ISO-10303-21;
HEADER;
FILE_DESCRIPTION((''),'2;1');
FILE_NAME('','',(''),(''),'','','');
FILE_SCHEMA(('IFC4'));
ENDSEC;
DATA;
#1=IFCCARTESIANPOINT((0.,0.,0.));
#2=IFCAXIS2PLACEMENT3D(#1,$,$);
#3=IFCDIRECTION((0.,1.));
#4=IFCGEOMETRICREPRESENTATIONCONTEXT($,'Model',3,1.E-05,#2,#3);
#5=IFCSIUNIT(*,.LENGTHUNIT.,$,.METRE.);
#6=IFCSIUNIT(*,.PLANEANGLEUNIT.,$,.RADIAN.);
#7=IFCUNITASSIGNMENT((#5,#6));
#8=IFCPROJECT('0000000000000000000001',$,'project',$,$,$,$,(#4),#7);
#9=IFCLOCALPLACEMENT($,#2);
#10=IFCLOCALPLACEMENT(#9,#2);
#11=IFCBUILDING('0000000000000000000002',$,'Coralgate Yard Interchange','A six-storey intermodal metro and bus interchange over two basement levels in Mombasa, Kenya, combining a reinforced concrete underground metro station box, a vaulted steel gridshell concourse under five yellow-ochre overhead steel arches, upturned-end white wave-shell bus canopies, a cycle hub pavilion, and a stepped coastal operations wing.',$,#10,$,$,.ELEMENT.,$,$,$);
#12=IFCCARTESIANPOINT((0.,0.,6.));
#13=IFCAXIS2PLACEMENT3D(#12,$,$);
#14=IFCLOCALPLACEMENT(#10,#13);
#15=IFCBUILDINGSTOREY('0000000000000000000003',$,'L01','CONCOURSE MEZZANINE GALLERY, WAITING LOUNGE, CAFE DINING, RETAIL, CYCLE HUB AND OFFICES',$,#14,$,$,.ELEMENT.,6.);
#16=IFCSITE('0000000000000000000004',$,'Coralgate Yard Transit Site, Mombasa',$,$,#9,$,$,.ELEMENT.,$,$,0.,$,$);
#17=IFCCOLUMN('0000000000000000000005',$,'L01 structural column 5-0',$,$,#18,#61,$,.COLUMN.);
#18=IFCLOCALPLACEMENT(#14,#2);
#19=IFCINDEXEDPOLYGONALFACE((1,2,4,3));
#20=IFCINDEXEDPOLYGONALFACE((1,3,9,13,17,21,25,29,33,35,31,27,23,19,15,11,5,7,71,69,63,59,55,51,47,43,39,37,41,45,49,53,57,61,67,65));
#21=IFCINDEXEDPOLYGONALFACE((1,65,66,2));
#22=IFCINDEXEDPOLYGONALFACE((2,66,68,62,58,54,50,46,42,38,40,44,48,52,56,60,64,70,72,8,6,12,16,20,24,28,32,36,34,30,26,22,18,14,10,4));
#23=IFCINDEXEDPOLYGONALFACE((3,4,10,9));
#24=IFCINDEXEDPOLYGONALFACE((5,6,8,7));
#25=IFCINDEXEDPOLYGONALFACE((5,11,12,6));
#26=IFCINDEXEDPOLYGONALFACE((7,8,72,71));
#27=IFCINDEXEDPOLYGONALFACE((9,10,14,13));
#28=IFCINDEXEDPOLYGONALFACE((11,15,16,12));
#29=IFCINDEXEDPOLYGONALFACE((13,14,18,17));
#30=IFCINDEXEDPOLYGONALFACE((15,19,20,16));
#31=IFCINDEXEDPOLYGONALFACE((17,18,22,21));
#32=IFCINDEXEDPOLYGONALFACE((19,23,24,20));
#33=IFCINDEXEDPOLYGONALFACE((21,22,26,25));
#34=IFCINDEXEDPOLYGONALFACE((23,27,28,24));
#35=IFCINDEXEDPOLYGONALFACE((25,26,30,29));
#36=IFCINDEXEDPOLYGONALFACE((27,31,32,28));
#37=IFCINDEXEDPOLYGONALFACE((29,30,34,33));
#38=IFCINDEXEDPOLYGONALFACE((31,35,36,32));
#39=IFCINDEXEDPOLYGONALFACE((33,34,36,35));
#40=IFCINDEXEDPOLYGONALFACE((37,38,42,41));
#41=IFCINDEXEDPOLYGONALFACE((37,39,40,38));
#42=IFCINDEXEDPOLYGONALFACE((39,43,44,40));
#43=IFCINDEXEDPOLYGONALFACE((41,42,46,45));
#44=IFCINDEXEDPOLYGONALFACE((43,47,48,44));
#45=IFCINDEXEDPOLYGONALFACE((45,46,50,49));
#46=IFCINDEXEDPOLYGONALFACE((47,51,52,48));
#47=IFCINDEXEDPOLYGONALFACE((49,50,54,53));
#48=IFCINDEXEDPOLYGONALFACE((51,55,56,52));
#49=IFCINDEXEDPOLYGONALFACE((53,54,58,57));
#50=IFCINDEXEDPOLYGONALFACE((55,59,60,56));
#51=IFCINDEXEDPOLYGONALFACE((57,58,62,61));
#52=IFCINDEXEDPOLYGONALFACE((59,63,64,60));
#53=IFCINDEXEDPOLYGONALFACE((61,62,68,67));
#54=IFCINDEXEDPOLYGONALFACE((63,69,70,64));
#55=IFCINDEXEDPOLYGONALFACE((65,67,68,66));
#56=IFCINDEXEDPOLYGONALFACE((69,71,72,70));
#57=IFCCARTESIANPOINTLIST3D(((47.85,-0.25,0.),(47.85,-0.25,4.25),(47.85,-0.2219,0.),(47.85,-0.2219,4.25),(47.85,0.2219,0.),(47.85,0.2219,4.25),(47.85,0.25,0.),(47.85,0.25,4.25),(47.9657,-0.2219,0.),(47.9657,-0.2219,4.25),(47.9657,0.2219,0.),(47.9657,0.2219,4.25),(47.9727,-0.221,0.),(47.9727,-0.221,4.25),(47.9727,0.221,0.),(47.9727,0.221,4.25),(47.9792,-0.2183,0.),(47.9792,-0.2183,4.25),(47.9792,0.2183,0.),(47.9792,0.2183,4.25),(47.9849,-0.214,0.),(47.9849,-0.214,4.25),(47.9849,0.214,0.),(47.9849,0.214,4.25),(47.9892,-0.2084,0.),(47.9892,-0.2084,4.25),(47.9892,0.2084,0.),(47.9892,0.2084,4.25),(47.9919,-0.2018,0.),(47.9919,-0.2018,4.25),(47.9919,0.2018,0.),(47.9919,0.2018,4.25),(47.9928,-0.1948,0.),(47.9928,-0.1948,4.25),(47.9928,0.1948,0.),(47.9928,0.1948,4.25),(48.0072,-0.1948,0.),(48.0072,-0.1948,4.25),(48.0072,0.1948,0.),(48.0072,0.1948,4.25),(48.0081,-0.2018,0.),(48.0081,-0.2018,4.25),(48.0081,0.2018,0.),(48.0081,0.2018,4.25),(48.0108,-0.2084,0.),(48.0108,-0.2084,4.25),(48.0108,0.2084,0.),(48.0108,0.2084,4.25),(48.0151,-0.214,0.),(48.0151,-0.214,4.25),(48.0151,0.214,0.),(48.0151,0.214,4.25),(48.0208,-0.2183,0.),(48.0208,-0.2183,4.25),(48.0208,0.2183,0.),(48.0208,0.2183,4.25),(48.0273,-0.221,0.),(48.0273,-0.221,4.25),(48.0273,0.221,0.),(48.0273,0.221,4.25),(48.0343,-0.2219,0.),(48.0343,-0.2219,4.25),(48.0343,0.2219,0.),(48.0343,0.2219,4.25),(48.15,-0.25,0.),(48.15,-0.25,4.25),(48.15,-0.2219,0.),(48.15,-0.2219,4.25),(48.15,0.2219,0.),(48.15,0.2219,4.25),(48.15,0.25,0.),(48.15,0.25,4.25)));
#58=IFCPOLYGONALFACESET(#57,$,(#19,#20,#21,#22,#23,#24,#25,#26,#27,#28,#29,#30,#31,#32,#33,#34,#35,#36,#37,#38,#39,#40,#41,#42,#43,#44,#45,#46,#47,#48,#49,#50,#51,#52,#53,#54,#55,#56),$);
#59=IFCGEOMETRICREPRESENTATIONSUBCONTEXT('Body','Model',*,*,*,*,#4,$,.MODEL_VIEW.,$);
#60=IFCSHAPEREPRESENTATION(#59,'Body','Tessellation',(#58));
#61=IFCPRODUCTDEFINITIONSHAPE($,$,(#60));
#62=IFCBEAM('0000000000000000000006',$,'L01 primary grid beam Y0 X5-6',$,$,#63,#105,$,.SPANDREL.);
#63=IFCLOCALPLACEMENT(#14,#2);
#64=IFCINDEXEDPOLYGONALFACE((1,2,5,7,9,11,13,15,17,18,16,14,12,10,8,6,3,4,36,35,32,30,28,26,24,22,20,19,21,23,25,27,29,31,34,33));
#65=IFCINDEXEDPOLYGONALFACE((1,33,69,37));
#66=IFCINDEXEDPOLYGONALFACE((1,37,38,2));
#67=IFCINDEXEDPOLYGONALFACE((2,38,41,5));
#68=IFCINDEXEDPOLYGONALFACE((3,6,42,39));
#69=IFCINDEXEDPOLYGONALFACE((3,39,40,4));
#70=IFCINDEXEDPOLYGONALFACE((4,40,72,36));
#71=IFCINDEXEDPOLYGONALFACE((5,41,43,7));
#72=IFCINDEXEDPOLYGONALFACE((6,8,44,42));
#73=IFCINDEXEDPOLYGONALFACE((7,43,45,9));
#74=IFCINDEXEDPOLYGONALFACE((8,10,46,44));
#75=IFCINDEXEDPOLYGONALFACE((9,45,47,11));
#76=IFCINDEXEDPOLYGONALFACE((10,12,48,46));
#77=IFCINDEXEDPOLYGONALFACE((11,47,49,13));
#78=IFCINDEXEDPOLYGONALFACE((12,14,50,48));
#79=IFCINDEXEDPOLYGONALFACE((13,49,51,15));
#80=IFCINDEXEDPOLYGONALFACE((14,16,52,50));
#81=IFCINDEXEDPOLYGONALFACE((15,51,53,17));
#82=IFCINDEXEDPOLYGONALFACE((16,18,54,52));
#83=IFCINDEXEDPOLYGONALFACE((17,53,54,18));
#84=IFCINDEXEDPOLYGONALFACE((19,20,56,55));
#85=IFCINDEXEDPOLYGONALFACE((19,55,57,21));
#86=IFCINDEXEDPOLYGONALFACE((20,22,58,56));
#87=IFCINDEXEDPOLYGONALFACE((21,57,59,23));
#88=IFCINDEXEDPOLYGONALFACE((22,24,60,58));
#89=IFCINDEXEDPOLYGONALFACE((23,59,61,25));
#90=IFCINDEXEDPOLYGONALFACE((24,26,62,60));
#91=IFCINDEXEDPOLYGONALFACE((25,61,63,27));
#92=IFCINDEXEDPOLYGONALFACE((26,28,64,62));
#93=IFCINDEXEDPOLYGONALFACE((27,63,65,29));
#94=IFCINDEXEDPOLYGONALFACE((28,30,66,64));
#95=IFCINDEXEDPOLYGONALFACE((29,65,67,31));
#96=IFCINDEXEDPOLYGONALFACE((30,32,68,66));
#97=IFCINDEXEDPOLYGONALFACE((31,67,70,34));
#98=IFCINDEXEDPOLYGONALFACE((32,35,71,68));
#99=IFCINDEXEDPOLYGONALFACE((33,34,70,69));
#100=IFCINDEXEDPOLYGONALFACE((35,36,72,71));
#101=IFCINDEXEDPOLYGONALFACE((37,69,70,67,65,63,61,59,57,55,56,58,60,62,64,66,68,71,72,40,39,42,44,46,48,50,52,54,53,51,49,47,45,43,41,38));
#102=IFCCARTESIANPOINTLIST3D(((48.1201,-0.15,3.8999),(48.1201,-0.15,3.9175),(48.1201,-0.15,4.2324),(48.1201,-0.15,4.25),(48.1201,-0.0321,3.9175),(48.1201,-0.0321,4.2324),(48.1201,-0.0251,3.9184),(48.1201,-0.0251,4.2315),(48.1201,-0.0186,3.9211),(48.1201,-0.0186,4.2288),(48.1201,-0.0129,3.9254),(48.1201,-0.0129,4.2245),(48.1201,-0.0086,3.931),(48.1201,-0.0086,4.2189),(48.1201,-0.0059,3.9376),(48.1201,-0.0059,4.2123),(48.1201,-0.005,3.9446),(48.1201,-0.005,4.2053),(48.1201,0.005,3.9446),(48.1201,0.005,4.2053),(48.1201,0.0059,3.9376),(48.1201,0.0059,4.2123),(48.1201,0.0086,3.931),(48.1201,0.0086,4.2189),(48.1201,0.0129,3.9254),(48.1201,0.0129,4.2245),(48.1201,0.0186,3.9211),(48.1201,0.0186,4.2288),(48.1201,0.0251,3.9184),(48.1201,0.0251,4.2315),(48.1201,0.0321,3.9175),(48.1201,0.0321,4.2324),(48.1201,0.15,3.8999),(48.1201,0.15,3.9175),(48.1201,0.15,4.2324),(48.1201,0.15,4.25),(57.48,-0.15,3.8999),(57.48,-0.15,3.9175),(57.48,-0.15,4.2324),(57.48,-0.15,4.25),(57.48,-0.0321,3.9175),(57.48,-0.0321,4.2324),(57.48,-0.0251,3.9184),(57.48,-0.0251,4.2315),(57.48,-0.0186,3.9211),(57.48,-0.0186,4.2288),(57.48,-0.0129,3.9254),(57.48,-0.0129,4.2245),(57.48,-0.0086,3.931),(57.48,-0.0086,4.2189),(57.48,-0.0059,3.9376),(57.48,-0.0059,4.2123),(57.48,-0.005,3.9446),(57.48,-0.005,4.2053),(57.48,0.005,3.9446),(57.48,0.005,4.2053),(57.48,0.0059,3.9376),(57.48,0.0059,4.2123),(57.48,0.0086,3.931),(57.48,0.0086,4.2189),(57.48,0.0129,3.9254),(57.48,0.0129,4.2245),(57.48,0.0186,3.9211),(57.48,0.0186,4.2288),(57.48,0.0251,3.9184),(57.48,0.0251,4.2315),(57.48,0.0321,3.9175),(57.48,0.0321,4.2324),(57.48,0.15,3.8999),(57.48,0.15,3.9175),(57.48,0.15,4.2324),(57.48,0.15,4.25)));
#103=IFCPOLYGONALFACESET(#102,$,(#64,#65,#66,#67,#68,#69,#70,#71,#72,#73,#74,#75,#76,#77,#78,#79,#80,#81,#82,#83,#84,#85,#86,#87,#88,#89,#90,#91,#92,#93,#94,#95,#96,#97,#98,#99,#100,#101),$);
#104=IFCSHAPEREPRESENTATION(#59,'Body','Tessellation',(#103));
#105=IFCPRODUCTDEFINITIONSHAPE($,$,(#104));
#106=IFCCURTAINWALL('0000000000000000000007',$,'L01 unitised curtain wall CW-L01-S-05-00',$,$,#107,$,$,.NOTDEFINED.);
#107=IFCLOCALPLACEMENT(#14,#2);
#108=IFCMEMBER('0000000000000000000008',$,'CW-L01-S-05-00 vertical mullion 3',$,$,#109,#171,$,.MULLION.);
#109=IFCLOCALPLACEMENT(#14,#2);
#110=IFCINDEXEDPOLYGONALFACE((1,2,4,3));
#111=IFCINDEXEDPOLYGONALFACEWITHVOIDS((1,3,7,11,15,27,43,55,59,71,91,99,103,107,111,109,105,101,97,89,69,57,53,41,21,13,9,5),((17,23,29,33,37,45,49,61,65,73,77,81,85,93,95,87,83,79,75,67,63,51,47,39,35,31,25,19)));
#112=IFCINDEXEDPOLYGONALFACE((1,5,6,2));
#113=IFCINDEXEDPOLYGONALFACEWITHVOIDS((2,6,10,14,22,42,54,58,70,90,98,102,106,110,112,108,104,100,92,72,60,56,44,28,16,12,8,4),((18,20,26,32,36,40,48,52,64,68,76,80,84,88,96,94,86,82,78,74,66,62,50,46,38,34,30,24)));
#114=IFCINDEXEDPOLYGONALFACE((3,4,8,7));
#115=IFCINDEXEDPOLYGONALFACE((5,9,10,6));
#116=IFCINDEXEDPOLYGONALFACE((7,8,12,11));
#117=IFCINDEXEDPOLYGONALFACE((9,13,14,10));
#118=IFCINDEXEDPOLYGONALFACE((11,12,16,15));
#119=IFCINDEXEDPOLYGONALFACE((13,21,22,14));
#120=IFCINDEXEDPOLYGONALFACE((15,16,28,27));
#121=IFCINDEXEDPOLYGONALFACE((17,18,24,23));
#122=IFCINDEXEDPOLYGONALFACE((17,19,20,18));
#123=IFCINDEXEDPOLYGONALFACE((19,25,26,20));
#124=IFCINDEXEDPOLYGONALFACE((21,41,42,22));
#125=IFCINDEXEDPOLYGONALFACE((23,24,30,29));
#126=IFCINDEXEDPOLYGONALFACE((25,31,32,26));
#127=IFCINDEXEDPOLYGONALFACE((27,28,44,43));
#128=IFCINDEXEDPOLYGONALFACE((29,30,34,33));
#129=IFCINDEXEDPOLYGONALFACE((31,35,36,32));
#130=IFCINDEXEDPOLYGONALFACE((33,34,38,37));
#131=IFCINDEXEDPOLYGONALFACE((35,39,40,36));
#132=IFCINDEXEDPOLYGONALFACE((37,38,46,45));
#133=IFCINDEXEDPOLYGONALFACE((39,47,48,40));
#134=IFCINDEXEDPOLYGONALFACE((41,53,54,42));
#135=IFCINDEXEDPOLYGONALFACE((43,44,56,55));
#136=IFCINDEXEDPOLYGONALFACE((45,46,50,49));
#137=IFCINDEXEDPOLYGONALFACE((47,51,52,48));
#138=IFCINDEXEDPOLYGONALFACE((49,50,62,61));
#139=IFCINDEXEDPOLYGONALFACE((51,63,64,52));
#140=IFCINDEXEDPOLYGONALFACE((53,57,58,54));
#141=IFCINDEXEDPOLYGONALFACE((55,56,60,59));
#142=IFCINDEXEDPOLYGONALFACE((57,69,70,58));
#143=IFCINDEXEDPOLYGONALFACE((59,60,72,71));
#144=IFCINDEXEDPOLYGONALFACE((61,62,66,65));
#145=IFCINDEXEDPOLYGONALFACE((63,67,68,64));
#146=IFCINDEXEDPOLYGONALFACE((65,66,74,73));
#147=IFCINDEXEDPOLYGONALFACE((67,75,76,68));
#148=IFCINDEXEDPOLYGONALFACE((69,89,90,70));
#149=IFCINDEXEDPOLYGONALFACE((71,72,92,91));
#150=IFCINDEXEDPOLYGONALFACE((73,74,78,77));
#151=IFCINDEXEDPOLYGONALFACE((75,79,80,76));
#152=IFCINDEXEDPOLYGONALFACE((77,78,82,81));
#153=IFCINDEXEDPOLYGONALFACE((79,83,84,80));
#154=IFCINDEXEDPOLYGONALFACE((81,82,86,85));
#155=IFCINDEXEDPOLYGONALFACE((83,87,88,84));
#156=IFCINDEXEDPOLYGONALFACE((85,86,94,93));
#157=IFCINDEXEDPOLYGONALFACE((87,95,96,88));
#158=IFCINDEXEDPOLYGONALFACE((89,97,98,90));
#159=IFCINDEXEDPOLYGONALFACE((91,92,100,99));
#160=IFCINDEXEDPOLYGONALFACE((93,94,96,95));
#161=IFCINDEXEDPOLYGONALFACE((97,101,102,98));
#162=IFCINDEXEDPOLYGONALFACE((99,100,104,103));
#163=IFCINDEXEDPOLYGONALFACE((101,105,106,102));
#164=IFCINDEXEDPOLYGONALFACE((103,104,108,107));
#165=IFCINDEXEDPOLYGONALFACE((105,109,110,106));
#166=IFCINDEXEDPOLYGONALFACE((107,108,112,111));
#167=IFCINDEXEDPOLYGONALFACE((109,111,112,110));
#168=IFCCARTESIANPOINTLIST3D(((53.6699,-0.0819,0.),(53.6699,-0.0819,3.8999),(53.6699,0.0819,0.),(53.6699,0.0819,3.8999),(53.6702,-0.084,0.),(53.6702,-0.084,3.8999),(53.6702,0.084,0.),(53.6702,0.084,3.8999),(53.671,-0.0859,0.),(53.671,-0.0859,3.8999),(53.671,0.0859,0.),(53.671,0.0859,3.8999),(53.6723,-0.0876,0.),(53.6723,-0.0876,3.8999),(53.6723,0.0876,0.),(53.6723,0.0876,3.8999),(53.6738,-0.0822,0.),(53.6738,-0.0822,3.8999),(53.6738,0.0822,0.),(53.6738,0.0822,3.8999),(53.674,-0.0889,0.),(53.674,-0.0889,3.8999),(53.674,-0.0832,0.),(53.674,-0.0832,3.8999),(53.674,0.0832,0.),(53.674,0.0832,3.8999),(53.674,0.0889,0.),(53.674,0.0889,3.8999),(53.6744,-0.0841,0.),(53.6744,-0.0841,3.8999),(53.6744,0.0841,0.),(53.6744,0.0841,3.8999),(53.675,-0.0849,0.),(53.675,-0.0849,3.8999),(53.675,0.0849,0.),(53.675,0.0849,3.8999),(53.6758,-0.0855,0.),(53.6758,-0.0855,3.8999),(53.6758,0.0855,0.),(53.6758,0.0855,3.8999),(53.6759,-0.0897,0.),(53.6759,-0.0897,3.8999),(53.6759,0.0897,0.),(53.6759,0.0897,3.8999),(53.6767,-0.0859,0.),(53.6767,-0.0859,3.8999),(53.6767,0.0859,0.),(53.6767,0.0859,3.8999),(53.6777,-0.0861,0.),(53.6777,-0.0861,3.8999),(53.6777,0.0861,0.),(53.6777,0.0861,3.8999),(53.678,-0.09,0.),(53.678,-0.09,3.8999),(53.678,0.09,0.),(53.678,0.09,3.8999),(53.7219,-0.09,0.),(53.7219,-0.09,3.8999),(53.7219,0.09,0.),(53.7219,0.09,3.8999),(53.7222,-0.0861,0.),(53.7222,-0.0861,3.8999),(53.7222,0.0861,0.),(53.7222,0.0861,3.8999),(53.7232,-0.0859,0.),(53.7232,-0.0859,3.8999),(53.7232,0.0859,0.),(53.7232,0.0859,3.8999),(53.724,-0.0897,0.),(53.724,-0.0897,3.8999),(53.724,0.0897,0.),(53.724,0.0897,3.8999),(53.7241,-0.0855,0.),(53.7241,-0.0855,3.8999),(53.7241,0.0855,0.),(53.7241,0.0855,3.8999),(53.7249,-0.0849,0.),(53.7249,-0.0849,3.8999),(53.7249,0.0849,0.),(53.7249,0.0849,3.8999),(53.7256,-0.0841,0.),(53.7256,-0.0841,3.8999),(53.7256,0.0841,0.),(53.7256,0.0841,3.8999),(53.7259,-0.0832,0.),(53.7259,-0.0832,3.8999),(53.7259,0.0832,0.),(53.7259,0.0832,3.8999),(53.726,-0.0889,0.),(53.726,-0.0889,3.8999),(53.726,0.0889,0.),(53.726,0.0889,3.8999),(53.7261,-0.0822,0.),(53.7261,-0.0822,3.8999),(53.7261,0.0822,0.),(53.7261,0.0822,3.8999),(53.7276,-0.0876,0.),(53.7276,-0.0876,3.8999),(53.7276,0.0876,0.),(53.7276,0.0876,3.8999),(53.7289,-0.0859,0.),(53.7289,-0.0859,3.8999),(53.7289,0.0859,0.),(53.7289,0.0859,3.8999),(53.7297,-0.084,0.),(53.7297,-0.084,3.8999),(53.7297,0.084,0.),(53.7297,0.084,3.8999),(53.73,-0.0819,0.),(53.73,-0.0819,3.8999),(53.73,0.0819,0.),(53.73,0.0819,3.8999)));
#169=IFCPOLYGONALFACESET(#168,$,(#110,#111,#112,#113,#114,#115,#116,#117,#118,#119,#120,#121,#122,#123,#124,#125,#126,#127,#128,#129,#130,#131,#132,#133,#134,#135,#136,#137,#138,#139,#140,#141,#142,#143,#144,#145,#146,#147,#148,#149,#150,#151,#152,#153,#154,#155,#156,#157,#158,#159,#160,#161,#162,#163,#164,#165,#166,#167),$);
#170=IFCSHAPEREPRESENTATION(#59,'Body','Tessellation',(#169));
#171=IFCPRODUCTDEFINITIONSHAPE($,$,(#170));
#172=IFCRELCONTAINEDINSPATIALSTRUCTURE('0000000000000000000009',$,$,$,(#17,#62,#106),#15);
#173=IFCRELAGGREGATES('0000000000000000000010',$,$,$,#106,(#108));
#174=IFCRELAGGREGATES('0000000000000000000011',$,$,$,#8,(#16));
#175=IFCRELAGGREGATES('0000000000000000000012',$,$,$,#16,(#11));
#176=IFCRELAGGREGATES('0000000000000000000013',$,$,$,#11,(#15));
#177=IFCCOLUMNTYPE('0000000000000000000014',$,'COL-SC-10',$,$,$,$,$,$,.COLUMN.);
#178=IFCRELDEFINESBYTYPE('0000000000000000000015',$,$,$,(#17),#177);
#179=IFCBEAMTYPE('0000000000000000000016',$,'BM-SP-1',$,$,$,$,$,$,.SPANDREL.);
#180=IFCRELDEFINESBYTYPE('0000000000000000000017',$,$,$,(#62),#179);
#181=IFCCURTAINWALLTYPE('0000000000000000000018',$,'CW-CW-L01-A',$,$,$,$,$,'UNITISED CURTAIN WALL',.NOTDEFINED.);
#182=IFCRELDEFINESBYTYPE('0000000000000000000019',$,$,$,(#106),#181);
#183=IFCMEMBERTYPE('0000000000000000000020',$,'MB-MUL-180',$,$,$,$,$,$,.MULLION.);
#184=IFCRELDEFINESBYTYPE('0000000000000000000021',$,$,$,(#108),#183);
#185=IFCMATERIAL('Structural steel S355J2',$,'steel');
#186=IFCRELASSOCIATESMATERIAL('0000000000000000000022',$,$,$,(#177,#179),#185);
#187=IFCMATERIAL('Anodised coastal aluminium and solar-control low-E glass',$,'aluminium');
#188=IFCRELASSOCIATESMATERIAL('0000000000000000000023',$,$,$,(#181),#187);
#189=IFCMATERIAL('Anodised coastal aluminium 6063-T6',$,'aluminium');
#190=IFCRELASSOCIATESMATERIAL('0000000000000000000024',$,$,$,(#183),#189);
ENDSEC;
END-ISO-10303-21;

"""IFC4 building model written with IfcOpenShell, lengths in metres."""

from ifc_helpers import new_model, si_unit, direction, frame, origin, origin_2d, place, context, subcontext, project, spatial, hollow_rectangle, i_section, extrude, material, material_profile, profile_set, type_object, element, aggregate, save


model = new_model("IFC4")

# Units and contexts
model_context = context("Model", 3, precision=1e-05, world=origin(), true_north=direction((0.0, 1.0)))
body_context = subcontext(model_context, "Body", "Model", "MODEL_VIEW")
ifc_project = project(units=[si_unit("LENGTHUNIT", "METRE"), si_unit("PLANEANGLEUNIT", "RADIAN")], contexts=[model_context])

# Site, building, storey
site_placement = place(None, origin())
site = spatial("IfcSite", under=ifc_project, at=site_placement, Name="Coralgate Yard Transit Site, Mombasa", CompositionType="ELEMENT", RefElevation=0.0)
building_placement = place(site_placement, origin())
building = spatial("IfcBuilding", under=site, at=building_placement, Name="Coralgate Yard Interchange", Description="A six-storey intermodal metro and bus interchange over two basement levels in Mombasa, Kenya, combining a reinforced concrete underground metro station box, a vaulted steel gridshell concourse under five yellow-ochre overhead steel arches, upturned-end white wave-shell bus canopies, a cycle hub pavilion, and a stepped coastal operations wing.", CompositionType="ELEMENT")
storey_placement = place(building_placement, frame((0.0, 0.0, 6.0)))
storey = spatial("IfcBuildingStorey", under=building, at=storey_placement, Name="L01", Description="CONCOURSE MEZZANINE GALLERY, WAITING LOUNGE, CAFE DINING, RETAIL, CYCLE HUB AND OFFICES", CompositionType="ELEMENT", Elevation=6.0)

# Column
ifc_material_1 = material(Name="Structural steel S355J2", Category="steel")
ifc_material_profile_1 = material_profile(ifc_material_1, i_section(OverallWidth=0.3, OverallDepth=0.5, WebThickness=0.0144, FlangeThickness=0.0281, FilletRadius=0.0271, at=origin_2d()), Name="HEB 500")
ifc_profile_set_1 = profile_set([ifc_material_profile_1], Name="Structural steel S355J2")
column_type = type_object("IfcColumnType", Name="COL-SC-10", PredefinedType="COLUMN", material=ifc_profile_set_1)
column_placement = place(storey_placement, frame((48.0, 0.0, 0.0), z_axis=(0.0, 0.0, 1.0), x_axis=(1.0, 0.0, 0.0)))
element("IfcColumn", 1, at=column_placement, inside=storey, type_object=column_type, Name="L01 structural column 5-0", PredefinedType="COLUMN", context=body_context, shape_type="SweptSolid", body=[
    extrude(i_section(OverallWidth=0.3, OverallDepth=0.5, WebThickness=0.0144, FlangeThickness=0.0281, FilletRadius=0.0271, at=origin_2d()), origin(), (0.0, 0.0, 1.0), 4.25),
])

# Beam
ifc_material_profile_2 = material_profile(ifc_material_1, i_section(OverallWidth=0.3, OverallDepth=0.3501, WebThickness=0.01, FlangeThickness=0.0176, FilletRadius=0.0271, at=origin_2d()), Name="HEA 360")
ifc_profile_set_2 = profile_set([ifc_material_profile_2], Name="Structural steel S355J2")
beam_type = type_object("IfcBeamType", Name="BM-SP-1", PredefinedType="SPANDREL", material=ifc_profile_set_2)
beam_placement = place(storey_placement, frame((48.1201, 0.0, 4.075), z_axis=(1.0, 0.0, 0.0), x_axis=(0.0, 1.0, 0.0)))
element("IfcBeam", 2, at=beam_placement, inside=storey, type_object=beam_type, Name="L01 primary grid beam Y0 X5-6", PredefinedType="SPANDREL", context=body_context, shape_type="SweptSolid", body=[
    extrude(i_section(OverallWidth=0.3, OverallDepth=0.3501, WebThickness=0.01, FlangeThickness=0.0176, FilletRadius=0.0271, at=origin_2d()), origin(), (0.0, 0.0, 1.0), 9.3599),
])

# Curtain wall, member
ifc_material_2 = material(Name="Anodised coastal aluminium and solar-control low-E glass", Category="aluminium")
curtain_wall_type = type_object("IfcCurtainWallType", Name="CW-CW-L01-A", ElementType="UNITISED CURTAIN WALL", PredefinedType="NOTDEFINED", material=ifc_material_2)
curtain_wall_placement = place(storey_placement, origin())
curtain_wall = element("IfcCurtainWall", 3, at=curtain_wall_placement, inside=storey, type_object=curtain_wall_type, Name="L01 unitised curtain wall CW-L01-S-05-00", PredefinedType="NOTDEFINED")
ifc_material_3 = material(Name="Anodised coastal aluminium 6063-T6", Category="aluminium")
ifc_material_profile_3 = material_profile(ifc_material_3, hollow_rectangle(XDim=0.0601, YDim=0.1799, WallThickness=0.0039, InnerFilletRadius=0.0039, OuterFilletRadius=0.0081, at=origin_2d()), Name="ALU 60x180x4")
ifc_profile_set_3 = profile_set([ifc_material_profile_3], Name="Anodised coastal aluminium 6063-T6")
member_type_1 = type_object("IfcMemberType", Name="MB-MUL-180", PredefinedType="MULLION", material=ifc_profile_set_3)
member_1_placement = place(storey_placement, frame((53.7, 0.0, 0.0), z_axis=(0.0, 0.0, 1.0), x_axis=(1.0, 0.0, 0.0)))
member_1 = element("IfcMember", 4, at=member_1_placement, type_object=member_type_1, Name="CW-L01-S-05-00 vertical mullion 3", PredefinedType="MULLION", context=body_context, shape_type="SweptSolid", body=[
    extrude(hollow_rectangle(XDim=0.0601, YDim=0.1799, WallThickness=0.0039, InnerFilletRadius=0.0039, OuterFilletRadius=0.0081, at=origin_2d()), origin(), (0.0, 0.0, 1.0), 3.8999),
])
aggregate(curtain_wall, [member_1])

save(model, "model.ifc")
